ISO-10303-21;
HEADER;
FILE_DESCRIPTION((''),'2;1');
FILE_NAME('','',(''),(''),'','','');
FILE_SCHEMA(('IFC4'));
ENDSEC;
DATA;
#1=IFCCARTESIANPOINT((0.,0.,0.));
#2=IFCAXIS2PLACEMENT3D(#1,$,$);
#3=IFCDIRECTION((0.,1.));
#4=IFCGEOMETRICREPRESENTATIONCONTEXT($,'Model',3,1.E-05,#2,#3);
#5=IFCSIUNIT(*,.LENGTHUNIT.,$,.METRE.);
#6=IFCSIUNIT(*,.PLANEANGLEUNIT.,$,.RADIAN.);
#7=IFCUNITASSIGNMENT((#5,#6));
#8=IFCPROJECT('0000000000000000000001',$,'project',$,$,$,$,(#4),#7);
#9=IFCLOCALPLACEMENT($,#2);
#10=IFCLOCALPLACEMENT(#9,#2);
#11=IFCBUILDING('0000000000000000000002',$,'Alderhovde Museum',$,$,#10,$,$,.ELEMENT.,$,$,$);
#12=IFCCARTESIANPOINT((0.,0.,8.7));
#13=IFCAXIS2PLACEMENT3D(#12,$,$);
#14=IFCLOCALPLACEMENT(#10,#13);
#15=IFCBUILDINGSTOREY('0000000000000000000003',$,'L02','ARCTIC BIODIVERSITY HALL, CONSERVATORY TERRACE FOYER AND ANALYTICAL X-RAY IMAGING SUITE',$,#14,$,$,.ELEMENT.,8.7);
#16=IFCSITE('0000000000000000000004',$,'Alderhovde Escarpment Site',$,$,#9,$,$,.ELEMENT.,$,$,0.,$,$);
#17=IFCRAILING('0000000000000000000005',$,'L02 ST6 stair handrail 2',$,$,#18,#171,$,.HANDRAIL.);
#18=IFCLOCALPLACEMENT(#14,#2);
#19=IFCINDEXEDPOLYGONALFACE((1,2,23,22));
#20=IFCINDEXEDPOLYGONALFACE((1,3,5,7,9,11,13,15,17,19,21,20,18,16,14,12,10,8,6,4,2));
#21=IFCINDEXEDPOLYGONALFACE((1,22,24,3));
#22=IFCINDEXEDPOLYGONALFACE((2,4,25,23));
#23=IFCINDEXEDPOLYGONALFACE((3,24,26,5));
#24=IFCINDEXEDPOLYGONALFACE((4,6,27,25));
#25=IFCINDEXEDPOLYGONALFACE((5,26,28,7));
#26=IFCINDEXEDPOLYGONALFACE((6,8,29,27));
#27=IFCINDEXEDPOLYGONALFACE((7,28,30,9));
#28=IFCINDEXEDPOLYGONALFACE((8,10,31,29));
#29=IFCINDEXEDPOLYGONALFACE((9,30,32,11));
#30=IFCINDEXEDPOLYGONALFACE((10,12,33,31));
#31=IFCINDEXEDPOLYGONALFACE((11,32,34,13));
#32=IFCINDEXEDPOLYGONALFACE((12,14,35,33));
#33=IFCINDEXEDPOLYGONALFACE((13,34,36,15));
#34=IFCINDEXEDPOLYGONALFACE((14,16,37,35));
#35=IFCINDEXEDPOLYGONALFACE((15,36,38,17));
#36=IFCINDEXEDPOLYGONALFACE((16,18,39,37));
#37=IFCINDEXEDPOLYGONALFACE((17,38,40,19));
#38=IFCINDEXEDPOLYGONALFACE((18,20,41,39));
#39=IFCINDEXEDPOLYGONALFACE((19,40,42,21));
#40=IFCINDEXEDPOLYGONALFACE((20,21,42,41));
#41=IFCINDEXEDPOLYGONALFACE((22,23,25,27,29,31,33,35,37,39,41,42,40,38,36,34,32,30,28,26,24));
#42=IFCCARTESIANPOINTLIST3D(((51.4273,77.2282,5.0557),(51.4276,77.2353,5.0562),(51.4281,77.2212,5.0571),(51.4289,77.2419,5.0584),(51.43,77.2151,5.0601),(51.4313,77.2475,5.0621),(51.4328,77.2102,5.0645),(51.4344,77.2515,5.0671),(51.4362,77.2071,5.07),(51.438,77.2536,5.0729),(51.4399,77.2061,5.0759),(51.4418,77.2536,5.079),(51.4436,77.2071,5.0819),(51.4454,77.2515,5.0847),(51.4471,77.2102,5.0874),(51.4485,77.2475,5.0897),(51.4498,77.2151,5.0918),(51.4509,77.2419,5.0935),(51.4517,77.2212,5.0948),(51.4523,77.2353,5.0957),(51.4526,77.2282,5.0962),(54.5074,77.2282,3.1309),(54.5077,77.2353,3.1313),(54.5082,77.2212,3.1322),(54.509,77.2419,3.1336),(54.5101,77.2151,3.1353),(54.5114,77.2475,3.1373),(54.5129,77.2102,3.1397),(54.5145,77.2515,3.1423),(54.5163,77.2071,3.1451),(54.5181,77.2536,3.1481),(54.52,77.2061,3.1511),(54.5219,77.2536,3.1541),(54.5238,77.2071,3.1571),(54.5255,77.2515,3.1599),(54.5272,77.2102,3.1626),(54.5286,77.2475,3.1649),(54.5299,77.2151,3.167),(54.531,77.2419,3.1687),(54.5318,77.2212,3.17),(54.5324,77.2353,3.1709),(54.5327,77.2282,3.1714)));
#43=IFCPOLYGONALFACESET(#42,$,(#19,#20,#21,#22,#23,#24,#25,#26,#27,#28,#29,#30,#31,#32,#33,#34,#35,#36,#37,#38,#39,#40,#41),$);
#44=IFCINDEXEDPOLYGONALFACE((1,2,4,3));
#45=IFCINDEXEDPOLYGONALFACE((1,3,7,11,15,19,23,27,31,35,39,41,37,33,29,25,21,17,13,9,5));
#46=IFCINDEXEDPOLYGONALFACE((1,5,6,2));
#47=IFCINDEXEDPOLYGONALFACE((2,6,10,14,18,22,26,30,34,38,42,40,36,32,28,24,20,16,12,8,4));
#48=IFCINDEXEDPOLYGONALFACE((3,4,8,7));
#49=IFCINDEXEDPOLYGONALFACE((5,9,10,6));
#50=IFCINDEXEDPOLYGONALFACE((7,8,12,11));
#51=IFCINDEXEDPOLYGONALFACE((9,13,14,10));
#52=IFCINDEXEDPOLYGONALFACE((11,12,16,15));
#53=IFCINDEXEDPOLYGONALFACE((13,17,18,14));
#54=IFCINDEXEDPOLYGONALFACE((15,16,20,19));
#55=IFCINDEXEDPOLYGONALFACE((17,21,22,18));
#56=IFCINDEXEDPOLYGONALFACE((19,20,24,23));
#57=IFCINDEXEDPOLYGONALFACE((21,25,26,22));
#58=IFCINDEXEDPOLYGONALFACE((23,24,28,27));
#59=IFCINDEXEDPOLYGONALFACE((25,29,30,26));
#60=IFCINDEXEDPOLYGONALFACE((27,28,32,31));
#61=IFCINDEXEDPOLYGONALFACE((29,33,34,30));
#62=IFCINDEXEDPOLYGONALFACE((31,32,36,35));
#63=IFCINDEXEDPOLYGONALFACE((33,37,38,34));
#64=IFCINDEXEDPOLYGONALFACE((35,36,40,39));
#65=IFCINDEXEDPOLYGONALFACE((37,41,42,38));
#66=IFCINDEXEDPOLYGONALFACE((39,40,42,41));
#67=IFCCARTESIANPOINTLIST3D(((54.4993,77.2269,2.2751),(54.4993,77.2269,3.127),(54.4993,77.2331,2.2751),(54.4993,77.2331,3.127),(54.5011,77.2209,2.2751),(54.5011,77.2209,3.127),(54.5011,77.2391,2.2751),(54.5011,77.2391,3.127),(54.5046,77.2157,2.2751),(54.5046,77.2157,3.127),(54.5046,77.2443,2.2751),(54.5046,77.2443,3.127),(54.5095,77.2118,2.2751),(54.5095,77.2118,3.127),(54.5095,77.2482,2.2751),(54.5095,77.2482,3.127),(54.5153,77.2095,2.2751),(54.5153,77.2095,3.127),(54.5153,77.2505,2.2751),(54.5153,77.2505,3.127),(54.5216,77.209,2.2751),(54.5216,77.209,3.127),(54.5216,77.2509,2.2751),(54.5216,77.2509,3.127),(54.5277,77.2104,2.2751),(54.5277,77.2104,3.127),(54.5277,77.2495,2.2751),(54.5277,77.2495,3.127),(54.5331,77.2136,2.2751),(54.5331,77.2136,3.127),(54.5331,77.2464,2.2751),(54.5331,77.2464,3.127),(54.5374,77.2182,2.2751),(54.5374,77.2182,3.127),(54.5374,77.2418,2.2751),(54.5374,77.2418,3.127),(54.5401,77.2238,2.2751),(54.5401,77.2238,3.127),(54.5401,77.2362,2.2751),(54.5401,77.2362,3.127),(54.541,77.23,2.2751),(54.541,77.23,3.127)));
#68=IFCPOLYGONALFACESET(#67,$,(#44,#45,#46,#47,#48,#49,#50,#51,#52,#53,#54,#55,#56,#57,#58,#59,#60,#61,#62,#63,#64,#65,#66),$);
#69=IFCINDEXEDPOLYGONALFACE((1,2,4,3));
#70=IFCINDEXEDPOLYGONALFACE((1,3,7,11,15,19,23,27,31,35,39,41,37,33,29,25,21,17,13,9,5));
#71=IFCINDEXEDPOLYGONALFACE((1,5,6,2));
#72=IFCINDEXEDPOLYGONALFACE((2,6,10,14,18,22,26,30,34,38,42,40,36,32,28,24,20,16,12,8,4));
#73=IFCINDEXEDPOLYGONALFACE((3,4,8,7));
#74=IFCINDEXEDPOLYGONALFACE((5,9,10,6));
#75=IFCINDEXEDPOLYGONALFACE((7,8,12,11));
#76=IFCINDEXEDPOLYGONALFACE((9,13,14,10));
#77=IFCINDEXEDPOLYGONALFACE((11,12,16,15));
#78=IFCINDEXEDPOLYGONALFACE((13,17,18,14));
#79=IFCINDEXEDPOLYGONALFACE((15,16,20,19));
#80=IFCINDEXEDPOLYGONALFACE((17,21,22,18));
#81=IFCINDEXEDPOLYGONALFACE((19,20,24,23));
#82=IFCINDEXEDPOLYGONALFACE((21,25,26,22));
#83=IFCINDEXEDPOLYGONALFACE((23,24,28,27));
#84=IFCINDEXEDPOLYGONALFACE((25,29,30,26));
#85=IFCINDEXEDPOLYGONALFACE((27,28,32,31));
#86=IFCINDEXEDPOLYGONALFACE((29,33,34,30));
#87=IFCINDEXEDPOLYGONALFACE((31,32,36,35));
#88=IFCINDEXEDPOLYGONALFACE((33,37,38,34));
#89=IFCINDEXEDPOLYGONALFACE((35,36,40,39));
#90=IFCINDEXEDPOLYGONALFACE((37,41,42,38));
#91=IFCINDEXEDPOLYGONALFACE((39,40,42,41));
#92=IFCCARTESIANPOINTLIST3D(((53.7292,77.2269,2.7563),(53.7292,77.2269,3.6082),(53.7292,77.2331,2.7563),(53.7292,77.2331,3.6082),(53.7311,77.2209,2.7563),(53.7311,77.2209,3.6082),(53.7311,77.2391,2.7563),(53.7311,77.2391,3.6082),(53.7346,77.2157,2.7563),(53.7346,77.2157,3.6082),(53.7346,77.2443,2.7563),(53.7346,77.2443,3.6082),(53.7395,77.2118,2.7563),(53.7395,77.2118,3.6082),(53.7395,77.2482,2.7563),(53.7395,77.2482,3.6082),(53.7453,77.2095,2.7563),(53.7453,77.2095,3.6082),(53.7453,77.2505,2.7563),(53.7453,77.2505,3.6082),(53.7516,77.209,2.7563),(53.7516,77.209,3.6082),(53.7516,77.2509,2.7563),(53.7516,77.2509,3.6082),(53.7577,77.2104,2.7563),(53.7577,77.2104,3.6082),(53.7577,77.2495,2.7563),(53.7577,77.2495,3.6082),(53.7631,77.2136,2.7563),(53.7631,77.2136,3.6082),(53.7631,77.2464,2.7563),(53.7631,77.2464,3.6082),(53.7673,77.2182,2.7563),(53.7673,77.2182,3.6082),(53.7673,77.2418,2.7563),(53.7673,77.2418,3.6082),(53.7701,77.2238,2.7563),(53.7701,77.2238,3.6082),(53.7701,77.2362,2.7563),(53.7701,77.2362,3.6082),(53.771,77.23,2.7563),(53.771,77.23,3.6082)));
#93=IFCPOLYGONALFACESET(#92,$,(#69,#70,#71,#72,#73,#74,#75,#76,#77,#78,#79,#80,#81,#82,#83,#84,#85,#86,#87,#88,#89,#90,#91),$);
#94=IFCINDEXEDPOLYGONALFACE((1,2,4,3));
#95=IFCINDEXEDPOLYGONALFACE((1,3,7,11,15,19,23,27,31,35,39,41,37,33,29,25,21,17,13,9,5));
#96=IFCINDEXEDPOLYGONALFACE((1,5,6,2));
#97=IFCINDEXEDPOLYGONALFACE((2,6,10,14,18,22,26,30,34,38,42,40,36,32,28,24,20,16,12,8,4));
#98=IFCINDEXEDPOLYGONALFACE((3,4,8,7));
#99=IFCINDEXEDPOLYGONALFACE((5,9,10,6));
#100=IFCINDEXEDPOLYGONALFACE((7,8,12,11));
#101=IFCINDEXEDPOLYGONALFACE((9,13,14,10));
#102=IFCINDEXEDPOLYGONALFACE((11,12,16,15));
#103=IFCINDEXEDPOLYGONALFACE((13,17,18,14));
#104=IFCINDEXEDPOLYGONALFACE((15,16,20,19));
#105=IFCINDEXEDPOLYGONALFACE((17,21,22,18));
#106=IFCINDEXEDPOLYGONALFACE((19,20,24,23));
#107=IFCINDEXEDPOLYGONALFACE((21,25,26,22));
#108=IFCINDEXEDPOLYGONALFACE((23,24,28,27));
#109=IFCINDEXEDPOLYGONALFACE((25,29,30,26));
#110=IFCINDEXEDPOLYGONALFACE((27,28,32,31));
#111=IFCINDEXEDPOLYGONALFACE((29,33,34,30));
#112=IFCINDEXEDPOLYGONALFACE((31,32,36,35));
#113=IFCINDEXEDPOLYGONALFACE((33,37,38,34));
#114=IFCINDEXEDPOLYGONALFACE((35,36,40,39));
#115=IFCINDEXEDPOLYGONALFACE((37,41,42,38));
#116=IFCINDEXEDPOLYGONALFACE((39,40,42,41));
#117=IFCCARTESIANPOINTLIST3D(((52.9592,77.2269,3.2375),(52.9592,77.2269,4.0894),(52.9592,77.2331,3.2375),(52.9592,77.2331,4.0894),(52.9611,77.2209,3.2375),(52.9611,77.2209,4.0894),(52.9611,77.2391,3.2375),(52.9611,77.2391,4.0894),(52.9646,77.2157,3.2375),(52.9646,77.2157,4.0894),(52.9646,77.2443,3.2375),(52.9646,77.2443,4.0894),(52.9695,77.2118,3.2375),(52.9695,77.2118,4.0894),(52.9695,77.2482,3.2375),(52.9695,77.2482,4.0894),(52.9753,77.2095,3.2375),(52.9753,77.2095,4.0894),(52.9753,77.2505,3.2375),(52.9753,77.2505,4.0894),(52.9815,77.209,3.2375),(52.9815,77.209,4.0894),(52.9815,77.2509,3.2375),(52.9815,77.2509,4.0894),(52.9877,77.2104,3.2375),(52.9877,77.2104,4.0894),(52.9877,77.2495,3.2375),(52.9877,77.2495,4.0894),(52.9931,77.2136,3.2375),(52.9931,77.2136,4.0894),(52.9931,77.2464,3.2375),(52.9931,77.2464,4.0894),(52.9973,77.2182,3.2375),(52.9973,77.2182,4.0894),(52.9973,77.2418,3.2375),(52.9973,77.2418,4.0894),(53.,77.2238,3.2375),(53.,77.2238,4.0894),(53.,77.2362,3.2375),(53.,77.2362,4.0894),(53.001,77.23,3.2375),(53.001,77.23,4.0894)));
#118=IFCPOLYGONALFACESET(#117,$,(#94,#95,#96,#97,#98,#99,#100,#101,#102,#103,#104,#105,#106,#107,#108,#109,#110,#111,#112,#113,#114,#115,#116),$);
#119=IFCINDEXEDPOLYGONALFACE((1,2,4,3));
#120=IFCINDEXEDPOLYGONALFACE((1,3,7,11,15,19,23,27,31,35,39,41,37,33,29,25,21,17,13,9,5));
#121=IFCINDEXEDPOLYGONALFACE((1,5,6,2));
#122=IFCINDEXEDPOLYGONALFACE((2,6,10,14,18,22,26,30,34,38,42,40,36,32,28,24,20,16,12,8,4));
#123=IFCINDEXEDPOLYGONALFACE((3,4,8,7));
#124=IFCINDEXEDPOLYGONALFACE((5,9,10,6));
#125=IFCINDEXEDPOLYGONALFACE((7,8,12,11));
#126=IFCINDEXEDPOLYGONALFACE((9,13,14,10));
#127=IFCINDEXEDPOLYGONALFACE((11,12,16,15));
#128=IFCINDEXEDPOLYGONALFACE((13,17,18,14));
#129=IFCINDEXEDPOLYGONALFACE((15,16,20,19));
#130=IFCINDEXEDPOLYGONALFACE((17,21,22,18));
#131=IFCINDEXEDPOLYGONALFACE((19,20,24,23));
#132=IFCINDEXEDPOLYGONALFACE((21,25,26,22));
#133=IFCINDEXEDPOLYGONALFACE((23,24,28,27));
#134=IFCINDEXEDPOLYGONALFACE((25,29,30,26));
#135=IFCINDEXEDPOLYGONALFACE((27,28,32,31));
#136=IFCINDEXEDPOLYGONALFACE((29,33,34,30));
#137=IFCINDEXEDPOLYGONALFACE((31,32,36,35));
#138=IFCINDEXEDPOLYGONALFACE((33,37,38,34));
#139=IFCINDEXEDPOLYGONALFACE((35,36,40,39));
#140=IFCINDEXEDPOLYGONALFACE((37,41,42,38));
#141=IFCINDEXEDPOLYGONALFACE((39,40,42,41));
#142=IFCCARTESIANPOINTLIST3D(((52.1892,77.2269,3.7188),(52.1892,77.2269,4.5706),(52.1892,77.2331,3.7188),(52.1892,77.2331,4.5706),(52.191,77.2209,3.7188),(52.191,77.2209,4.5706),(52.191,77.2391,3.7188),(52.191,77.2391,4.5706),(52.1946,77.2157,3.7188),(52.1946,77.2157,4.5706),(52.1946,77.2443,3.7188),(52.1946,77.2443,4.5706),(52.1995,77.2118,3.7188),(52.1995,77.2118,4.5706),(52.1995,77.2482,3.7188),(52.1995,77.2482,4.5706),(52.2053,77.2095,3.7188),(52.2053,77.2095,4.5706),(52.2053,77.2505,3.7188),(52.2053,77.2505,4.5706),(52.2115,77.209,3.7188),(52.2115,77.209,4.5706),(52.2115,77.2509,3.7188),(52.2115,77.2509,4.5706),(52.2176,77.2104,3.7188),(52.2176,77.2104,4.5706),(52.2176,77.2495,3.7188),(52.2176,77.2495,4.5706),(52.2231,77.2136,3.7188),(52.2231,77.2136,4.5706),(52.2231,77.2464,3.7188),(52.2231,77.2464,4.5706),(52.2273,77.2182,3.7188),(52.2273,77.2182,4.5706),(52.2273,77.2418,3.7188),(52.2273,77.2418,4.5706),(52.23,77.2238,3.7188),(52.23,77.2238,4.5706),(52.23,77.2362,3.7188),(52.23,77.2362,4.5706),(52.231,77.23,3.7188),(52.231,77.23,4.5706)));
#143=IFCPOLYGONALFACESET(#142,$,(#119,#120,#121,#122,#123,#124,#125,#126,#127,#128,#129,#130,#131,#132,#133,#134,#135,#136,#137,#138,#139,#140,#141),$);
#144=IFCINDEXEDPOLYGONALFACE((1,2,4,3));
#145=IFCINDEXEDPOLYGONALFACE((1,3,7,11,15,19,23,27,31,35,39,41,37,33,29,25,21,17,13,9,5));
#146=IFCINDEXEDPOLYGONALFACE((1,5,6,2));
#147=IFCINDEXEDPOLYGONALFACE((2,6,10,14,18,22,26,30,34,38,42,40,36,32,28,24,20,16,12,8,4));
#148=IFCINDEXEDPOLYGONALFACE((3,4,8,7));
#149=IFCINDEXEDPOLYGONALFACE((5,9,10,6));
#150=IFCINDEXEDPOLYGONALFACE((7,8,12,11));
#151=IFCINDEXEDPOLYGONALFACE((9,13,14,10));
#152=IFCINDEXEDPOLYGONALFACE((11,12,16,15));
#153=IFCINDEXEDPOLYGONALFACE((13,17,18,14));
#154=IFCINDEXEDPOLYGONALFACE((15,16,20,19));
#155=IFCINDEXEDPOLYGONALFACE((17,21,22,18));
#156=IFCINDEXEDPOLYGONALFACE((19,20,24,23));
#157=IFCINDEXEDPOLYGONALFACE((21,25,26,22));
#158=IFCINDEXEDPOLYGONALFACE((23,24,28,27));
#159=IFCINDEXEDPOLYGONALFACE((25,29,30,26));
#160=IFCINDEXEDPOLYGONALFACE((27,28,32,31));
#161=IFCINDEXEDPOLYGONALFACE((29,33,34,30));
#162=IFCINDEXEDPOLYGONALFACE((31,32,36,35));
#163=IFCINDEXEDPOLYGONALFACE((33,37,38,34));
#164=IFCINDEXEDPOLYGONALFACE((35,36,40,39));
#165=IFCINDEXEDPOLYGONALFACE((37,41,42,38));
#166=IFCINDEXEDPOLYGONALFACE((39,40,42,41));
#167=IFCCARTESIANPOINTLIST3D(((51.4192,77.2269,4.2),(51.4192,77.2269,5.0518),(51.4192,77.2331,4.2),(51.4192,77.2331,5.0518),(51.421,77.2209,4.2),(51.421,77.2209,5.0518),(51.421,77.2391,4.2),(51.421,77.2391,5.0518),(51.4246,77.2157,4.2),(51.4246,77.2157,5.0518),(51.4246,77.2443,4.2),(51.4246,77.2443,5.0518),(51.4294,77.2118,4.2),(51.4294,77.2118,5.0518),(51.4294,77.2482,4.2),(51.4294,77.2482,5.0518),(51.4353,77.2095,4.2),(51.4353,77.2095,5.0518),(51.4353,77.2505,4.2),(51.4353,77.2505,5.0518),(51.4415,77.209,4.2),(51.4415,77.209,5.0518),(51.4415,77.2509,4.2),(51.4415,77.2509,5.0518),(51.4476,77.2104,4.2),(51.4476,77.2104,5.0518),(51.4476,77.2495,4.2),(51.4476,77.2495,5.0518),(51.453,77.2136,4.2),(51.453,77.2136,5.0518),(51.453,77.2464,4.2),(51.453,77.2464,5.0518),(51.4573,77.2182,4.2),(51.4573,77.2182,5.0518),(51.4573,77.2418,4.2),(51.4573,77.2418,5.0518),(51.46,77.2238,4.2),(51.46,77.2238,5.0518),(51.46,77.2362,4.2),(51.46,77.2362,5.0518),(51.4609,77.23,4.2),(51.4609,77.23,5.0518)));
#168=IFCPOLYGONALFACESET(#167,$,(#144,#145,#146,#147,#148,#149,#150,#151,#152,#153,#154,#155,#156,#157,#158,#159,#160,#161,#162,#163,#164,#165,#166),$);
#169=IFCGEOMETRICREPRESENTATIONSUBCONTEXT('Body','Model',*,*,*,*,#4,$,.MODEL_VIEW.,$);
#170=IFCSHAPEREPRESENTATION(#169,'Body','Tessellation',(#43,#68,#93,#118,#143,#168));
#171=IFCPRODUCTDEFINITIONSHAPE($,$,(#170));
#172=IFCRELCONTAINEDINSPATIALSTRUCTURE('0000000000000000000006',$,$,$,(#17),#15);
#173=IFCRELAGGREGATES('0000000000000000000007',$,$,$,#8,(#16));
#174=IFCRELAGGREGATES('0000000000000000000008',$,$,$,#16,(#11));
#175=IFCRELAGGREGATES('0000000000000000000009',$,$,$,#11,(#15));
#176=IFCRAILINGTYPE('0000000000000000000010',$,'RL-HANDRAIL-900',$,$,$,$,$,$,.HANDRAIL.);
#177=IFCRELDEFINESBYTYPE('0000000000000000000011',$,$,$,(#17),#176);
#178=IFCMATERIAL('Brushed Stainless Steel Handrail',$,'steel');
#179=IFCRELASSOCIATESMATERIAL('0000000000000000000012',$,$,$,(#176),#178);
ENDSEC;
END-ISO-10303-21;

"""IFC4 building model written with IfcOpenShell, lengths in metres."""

from ifc_helpers import new_model, si_unit, direction, frame, origin, origin_2d, place, context, subcontext, project, spatial, circle, extrude, material, type_object, element, save


model = new_model("IFC4")

# Units and contexts
model_context = context("Model", 3, precision=1e-05, world=origin(), true_north=direction((0.0, 1.0)))
body_context = subcontext(model_context, "Body", "Model", "MODEL_VIEW")
ifc_project = project(units=[si_unit("LENGTHUNIT", "METRE"), si_unit("PLANEANGLEUNIT", "RADIAN")], contexts=[model_context])

# Site, building, storey
site_placement = place(None, origin())
site = spatial("IfcSite", under=ifc_project, at=site_placement, Name="Alderhovde Escarpment Site", CompositionType="ELEMENT", RefElevation=0.0)
building_placement = place(site_placement, origin())
building = spatial("IfcBuilding", under=site, at=building_placement, Name="Alderhovde Museum", CompositionType="ELEMENT")
storey_placement = place(building_placement, frame((0.0, 0.0, 8.7)))
storey = spatial("IfcBuildingStorey", under=building, at=storey_placement, Name="L02", Description="ARCTIC BIODIVERSITY HALL, CONSERVATORY TERRACE FOYER AND ANALYTICAL X-RAY IMAGING SUITE", CompositionType="ELEMENT", Elevation=8.7)

# Railing
ifc_material_1 = material(Name="Brushed Stainless Steel Handrail", Category="steel")
railing_type_1 = type_object("IfcRailingType", Name="RL-HANDRAIL-900", PredefinedType="HANDRAIL", material=ifc_material_1)
railing_1_placement = place(storey_placement, frame((54.52, 77.23, 2.2751)))
element("IfcRailing", 1, at=railing_1_placement, inside=storey, type_object=railing_type_1, Name="L02 ST6 stair handrail 2", PredefinedType="HANDRAIL", context=body_context, shape_type="SweptSolid", body=[
    extrude(circle(Radius=0.0239, at=origin_2d()), frame((0.0, 0.0, 0.876), z_axis=(-0.848029, 0.0, 0.529951), x_axis=(0.0, -1.0, 0.0)), (0.0, 0.0, 1.0), 3.6321),
    extrude(circle(Radius=0.021, at=origin_2d()), origin(), (0.0, 0.0, 1.0), 0.8518),
    extrude(circle(Radius=0.021, at=origin_2d()), frame((-0.77, 0.0, 0.4812)), (0.0, 0.0, 1.0), 0.8518),
    extrude(circle(Radius=0.021, at=origin_2d()), frame((-1.54, 0.0, 0.9624)), (0.0, 0.0, 1.0), 0.8518),
    extrude(circle(Radius=0.021, at=origin_2d()), frame((-2.3101, 0.0, 1.4436)), (0.0, 0.0, 1.0), 0.8518),
    extrude(circle(Radius=0.021, at=origin_2d()), frame((-3.0801, 0.0, 1.9248)), (0.0, 0.0, 1.0), 0.8518),
])

save(model, "model.ifc")
